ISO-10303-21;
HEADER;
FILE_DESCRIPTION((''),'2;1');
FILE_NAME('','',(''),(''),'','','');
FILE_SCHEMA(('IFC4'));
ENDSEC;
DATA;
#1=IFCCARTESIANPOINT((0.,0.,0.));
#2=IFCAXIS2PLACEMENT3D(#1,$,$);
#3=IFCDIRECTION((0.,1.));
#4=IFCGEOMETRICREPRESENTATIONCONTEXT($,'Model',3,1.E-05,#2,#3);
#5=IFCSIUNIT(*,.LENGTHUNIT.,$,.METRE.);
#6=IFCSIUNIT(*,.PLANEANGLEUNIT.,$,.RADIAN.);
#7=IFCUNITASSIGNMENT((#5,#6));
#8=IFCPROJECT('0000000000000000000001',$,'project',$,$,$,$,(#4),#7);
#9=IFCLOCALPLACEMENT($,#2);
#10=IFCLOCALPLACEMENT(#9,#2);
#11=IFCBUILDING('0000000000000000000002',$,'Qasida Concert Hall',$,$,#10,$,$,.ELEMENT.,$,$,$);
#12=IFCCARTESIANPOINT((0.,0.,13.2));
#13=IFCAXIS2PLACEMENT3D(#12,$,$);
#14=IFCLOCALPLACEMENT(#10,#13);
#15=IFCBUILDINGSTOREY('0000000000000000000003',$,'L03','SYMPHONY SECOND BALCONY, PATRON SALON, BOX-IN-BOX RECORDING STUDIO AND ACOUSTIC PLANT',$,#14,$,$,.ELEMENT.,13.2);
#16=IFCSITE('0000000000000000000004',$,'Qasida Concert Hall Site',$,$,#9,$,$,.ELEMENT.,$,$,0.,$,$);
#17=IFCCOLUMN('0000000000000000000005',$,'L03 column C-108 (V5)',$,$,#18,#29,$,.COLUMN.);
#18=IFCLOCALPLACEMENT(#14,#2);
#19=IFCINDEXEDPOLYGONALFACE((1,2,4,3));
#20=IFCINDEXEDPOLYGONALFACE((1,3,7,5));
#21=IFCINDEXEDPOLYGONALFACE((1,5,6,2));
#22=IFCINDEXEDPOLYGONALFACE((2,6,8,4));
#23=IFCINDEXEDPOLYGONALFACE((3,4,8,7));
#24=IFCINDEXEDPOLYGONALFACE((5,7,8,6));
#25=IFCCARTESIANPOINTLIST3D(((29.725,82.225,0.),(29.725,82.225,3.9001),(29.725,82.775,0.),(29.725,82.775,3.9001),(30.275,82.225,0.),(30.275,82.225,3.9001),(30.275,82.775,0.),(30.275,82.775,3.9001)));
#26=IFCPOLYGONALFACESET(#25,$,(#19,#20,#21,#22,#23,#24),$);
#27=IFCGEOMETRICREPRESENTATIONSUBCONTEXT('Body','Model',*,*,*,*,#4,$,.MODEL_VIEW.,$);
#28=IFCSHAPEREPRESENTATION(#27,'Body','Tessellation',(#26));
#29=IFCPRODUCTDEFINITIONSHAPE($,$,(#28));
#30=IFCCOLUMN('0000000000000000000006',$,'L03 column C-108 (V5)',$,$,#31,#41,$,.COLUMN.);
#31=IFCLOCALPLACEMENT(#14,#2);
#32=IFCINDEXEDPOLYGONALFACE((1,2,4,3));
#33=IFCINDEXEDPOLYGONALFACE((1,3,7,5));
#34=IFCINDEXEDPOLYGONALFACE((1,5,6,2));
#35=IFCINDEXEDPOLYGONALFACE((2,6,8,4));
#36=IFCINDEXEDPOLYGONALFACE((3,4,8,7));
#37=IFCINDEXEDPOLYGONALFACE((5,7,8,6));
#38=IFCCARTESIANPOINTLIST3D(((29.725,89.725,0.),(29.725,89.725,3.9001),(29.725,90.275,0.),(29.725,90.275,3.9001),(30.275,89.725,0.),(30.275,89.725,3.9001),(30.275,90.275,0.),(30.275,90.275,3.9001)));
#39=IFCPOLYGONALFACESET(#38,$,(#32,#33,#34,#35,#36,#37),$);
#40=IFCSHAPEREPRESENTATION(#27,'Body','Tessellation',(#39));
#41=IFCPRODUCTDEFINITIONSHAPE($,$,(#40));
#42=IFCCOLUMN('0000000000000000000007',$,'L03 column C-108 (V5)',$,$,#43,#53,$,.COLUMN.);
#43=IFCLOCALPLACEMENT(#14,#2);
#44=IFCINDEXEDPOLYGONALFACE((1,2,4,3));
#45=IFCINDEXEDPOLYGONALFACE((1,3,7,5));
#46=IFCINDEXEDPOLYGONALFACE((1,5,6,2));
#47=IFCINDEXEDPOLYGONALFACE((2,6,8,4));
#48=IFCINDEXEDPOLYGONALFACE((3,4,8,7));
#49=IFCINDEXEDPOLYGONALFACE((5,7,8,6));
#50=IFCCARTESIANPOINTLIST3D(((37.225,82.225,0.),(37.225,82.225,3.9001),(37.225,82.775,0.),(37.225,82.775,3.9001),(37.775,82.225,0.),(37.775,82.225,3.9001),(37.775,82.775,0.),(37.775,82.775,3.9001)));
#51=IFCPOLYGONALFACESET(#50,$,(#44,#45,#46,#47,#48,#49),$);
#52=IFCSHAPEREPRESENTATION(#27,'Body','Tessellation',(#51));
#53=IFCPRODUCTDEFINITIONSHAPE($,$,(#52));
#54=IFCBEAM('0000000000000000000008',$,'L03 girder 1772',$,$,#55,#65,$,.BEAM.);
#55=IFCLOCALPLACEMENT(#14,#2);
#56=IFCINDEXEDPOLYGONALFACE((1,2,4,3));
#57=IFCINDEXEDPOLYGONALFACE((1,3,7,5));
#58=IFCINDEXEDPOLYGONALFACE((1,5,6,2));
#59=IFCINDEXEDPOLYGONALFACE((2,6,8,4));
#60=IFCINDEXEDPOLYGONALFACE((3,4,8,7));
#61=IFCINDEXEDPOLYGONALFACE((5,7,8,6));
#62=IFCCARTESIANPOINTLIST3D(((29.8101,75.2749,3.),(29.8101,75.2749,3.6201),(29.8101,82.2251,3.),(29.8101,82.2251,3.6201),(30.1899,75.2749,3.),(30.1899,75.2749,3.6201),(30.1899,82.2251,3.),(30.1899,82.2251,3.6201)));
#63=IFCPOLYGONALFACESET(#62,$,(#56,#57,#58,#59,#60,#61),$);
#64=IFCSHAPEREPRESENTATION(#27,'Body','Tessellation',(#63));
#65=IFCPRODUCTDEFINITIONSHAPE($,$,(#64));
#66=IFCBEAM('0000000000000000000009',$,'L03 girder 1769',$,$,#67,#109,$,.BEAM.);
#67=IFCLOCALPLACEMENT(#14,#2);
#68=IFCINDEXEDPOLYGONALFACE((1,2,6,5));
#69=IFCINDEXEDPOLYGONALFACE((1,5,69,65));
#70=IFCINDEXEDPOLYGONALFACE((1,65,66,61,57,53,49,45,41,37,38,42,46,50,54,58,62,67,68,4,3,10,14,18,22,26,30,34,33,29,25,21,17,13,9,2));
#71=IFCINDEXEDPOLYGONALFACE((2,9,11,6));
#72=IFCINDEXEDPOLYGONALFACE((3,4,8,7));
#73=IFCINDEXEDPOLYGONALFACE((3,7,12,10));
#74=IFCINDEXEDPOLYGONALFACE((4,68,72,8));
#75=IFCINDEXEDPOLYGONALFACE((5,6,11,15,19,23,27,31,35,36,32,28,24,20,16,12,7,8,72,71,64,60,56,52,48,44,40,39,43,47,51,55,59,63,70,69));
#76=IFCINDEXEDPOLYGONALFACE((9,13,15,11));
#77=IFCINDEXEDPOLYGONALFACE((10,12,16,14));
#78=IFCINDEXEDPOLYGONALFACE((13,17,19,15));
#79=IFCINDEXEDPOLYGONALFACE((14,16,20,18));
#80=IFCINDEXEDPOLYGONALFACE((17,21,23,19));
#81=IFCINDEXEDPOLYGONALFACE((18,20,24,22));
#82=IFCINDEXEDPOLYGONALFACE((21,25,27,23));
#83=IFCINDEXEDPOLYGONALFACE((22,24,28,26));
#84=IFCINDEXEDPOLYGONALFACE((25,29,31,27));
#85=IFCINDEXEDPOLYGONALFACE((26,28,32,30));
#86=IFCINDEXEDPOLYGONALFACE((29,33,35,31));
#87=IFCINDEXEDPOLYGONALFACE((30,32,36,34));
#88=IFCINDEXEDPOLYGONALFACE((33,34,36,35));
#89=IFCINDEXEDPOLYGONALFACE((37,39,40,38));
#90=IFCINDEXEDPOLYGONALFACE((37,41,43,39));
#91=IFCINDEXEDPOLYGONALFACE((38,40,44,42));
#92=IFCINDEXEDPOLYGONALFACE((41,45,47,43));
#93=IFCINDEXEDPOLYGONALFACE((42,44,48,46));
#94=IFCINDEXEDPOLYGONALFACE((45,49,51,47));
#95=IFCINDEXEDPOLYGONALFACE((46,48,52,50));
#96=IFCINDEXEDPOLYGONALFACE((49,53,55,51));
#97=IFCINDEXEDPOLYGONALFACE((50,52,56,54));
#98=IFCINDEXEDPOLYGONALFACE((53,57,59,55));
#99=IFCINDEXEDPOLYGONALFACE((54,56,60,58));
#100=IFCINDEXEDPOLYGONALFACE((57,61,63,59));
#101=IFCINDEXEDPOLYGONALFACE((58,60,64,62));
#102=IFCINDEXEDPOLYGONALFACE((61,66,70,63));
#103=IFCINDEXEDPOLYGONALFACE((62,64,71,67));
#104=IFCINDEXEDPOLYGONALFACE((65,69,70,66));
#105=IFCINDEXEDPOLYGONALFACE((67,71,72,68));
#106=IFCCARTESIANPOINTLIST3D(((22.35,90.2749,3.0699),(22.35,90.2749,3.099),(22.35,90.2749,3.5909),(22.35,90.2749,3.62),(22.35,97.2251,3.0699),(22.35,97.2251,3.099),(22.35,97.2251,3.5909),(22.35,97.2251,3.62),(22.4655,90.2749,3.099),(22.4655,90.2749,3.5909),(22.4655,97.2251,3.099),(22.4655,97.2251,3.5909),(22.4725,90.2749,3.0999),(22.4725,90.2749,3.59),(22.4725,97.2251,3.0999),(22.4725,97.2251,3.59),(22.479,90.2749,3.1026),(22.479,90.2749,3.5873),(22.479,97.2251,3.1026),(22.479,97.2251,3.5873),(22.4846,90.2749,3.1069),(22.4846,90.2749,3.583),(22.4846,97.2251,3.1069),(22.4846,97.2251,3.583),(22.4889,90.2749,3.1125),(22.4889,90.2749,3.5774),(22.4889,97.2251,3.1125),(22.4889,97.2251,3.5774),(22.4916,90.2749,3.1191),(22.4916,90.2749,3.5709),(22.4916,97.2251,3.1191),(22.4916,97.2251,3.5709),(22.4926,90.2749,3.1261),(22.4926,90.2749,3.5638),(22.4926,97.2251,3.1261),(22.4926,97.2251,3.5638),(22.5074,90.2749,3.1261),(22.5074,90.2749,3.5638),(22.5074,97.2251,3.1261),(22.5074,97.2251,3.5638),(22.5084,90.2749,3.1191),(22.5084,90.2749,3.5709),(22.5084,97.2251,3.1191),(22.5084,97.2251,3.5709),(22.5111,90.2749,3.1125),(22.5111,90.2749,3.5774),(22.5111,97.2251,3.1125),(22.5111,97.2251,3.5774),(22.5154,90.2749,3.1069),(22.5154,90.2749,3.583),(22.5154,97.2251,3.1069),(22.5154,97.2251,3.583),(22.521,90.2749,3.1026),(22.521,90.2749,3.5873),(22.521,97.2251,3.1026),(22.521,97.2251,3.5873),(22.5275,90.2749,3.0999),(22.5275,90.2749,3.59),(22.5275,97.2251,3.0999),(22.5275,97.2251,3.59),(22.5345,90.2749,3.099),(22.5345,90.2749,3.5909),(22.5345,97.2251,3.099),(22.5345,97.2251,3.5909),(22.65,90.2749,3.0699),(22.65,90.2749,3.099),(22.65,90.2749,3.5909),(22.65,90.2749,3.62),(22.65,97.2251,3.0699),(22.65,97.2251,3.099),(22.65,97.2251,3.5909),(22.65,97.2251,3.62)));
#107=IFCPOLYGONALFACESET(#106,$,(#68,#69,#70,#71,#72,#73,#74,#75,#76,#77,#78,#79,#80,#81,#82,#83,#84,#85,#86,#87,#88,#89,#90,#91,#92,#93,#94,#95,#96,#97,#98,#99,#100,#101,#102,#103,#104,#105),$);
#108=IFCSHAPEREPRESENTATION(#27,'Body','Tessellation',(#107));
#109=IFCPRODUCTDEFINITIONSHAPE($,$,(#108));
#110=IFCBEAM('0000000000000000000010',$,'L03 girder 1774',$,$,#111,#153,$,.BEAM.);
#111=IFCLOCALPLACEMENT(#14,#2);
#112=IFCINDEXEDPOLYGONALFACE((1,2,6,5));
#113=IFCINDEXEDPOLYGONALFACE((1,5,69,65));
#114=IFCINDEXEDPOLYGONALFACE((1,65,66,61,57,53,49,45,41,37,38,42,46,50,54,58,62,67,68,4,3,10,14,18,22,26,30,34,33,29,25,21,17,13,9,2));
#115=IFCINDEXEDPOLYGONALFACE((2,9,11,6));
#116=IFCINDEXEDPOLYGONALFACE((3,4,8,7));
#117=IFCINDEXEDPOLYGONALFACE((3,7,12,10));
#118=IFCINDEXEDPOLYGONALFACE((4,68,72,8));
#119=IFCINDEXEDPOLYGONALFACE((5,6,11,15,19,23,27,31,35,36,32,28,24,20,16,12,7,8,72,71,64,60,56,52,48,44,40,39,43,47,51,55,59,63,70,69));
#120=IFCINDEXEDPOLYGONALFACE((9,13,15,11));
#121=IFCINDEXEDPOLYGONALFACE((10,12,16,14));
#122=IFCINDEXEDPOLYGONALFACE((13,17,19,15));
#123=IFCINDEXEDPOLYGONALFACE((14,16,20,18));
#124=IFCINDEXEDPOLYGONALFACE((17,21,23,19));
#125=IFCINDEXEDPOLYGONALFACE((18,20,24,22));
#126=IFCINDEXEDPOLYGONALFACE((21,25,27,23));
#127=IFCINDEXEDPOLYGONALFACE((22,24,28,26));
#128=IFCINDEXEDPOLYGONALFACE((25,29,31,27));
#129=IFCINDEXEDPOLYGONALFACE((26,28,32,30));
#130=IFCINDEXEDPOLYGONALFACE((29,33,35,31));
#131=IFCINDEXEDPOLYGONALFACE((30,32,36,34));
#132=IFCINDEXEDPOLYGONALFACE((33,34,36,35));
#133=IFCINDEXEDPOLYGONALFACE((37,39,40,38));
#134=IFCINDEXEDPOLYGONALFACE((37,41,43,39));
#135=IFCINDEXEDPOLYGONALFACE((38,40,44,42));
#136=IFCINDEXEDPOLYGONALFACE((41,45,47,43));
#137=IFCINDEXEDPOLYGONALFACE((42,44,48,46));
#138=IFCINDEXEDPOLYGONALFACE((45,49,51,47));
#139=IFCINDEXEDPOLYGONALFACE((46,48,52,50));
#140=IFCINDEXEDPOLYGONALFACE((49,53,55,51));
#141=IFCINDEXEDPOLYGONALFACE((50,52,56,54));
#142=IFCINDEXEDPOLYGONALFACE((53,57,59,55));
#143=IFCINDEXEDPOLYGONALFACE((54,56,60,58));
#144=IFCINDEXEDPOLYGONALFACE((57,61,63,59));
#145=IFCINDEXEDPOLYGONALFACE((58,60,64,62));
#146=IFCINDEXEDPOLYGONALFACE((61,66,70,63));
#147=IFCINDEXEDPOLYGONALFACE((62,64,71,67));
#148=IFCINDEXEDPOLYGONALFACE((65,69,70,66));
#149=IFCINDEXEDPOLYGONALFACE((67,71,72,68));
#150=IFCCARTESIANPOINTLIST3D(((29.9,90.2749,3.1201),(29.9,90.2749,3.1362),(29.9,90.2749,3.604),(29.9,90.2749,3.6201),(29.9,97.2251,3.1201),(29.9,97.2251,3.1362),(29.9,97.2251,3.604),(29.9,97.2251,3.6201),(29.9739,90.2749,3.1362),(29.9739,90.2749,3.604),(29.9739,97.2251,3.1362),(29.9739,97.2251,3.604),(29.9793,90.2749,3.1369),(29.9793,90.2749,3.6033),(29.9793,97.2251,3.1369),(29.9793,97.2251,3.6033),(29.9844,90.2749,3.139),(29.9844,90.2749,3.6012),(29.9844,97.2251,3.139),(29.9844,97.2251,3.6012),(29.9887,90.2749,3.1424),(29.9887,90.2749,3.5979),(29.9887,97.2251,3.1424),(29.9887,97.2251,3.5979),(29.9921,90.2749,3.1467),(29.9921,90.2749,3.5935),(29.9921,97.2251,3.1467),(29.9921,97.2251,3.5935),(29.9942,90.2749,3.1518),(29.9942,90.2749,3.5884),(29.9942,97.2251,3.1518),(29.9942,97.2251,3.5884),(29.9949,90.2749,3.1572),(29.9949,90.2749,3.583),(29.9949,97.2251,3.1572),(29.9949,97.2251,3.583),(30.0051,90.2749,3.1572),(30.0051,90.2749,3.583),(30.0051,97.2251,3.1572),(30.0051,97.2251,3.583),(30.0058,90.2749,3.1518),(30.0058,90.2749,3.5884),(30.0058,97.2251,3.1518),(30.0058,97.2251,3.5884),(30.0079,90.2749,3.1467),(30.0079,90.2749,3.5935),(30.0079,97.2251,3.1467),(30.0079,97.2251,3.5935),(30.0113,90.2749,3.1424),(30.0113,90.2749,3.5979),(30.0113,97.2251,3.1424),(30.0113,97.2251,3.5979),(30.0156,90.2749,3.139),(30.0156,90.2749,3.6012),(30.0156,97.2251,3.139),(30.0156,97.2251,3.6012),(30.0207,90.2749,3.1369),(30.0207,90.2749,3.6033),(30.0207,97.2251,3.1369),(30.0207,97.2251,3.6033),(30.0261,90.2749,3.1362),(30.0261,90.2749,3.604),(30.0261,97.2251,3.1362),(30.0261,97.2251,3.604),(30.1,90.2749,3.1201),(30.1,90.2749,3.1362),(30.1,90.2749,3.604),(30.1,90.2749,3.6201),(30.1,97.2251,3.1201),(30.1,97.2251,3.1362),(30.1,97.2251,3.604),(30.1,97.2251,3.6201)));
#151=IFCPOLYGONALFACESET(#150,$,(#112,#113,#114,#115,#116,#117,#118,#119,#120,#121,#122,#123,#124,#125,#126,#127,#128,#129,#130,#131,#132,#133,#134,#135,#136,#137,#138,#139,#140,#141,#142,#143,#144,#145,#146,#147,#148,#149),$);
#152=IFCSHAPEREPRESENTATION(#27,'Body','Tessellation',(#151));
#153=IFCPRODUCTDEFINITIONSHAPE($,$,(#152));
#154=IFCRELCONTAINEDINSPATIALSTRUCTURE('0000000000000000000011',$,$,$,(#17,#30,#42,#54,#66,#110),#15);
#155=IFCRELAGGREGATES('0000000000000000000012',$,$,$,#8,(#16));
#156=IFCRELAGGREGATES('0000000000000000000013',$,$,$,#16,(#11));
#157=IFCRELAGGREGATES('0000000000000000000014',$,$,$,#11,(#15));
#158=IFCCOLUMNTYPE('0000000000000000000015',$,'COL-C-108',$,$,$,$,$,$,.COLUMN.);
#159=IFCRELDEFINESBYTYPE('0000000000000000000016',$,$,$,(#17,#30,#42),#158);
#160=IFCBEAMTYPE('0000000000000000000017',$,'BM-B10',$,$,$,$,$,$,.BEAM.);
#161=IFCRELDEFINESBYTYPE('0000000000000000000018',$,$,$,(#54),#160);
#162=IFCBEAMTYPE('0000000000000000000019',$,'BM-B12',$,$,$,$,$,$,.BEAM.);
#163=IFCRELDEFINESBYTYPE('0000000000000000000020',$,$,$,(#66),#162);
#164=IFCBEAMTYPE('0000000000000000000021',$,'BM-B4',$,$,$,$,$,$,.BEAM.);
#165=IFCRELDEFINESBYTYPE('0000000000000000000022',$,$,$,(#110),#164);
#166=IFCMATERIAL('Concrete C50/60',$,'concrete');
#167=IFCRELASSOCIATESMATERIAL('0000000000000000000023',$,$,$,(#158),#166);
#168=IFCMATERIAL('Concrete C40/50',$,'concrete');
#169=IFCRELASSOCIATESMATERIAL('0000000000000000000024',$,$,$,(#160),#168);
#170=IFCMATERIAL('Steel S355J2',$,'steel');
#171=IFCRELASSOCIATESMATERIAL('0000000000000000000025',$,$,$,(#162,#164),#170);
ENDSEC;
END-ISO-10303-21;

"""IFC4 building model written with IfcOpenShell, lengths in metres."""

from ifc_helpers import new_model, si_unit, direction, frame, origin, origin_2d, place, context, subcontext, project, spatial, rectangle, i_section, extrude, material, material_profile, profile_set, type_object, element, save


model = new_model("IFC4")

# Units and contexts
model_context = context("Model", 3, precision=1e-05, world=origin(), true_north=direction((0.0, 1.0)))
body_context = subcontext(model_context, "Body", "Model", "MODEL_VIEW")
ifc_project = project(units=[si_unit("LENGTHUNIT", "METRE"), si_unit("PLANEANGLEUNIT", "RADIAN")], contexts=[model_context])

# Site, building, storey
site_placement = place(None, origin())
site = spatial("IfcSite", under=ifc_project, at=site_placement, Name="Qasida Concert Hall Site", CompositionType="ELEMENT", RefElevation=0.0)
building_placement = place(site_placement, origin())
building = spatial("IfcBuilding", under=site, at=building_placement, Name="Qasida Concert Hall", CompositionType="ELEMENT")
storey_placement = place(building_placement, frame((0.0, 0.0, 13.2)))
storey = spatial("IfcBuildingStorey", under=building, at=storey_placement, Name="L03", Description="SYMPHONY SECOND BALCONY, PATRON SALON, BOX-IN-BOX RECORDING STUDIO AND ACOUSTIC PLANT", CompositionType="ELEMENT", Elevation=13.2)

# Columns
ifc_material_1 = material(Name="Concrete C50/60", Category="concrete")
ifc_material_profile_1 = material_profile(ifc_material_1, rectangle(XDim=0.55, YDim=0.55, at=origin_2d()), Name="RC 550x550")
ifc_profile_set_1 = profile_set([ifc_material_profile_1], Name="Concrete C50/60")
column_type = type_object("IfcColumnType", Name="COL-C-108", PredefinedType="COLUMN", material=ifc_profile_set_1)
for number, where, z_axis, x_axis, name in (
    (1, (30.0, 82.5, 0.0), (0.0, 0.0, 1.0), (1.0, 0.0, 0.0), "L03 column C-108 (V5)"),
    (2, (30.0, 90.0, 0.0), (0.0, 0.0, 1.0), (1.0, 0.0, 0.0), "L03 column C-108 (V5)"),
    (3, (37.5, 82.5, 0.0), (0.0, 0.0, 1.0), (1.0, 0.0, 0.0), "L03 column C-108 (V5)"),
):
    element("IfcColumn", number, at=place(storey_placement, frame(where, z_axis=z_axis, x_axis=x_axis)), inside=storey, type_object=column_type, Name=name, PredefinedType="COLUMN", context=body_context, shape_type="SweptSolid", body=[
        extrude(rectangle(XDim=0.55, YDim=0.55, at=origin_2d()), origin(), (0.0, 0.0, 1.0), 3.9001),
    ])

# Beams
ifc_material_2 = material(Name="Concrete C40/50", Category="concrete")
ifc_material_profile_2 = material_profile(ifc_material_2, rectangle(XDim=0.3799, YDim=0.6201, at=origin_2d()), Name="RC 380x620")
ifc_profile_set_2 = profile_set([ifc_material_profile_2], Name="Concrete C40/50")
beam_type_1 = type_object("IfcBeamType", Name="BM-B10", PredefinedType="BEAM", material=ifc_profile_set_2)
beam_1_placement = place(storey_placement, frame((30.0, 75.2749, 3.3101), z_axis=(0.0, 1.0, 0.0), x_axis=(-1.0, 0.0, 0.0)))
element("IfcBeam", 4, at=beam_1_placement, inside=storey, type_object=beam_type_1, Name="L03 girder 1772", PredefinedType="BEAM", context=body_context, shape_type="SweptSolid", body=[
    extrude(rectangle(XDim=0.3799, YDim=0.6201, at=origin_2d()), origin(), (0.0, 0.0, 1.0), 6.9502),
])
ifc_material_3 = material(Name="Steel S355J2", Category="steel")
ifc_material_profile_3 = material_profile(ifc_material_3, i_section(OverallWidth=0.3, OverallDepth=0.55, WebThickness=0.0149, FlangeThickness=0.0291, FilletRadius=0.0271, at=origin_2d()), Name="HEB 550")
ifc_profile_set_3 = profile_set([ifc_material_profile_3], Name="Steel S355J2")
beam_type_2 = type_object("IfcBeamType", Name="BM-B12", PredefinedType="BEAM", material=ifc_profile_set_3)
beam_2_placement = place(storey_placement, frame((22.5, 90.2749, 3.345), z_axis=(0.0, 1.0, 0.0), x_axis=(-1.0, 0.0, 0.0)))
element("IfcBeam", 5, at=beam_2_placement, inside=storey, type_object=beam_type_2, Name="L03 girder 1769", PredefinedType="BEAM", context=body_context, shape_type="SweptSolid", body=[
    extrude(i_section(OverallWidth=0.3, OverallDepth=0.55, WebThickness=0.0149, FlangeThickness=0.0291, FilletRadius=0.0271, at=origin_2d()), origin(), (0.0, 0.0, 1.0), 6.9502),
])
ifc_material_profile_4 = material_profile(ifc_material_3, i_section(OverallWidth=0.2, OverallDepth=0.5, WebThickness=0.0103, FlangeThickness=0.0161, FilletRadius=0.021, at=origin_2d()), Name="IPE 500")
ifc_profile_set_4 = profile_set([ifc_material_profile_4], Name="Steel S355J2")
beam_type_3 = type_object("IfcBeamType", Name="BM-B4", PredefinedType="BEAM", material=ifc_profile_set_4)
beam_3_placement = place(storey_placement, frame((30.0, 90.2749, 3.3701), z_axis=(0.0, 1.0, 0.0), x_axis=(-1.0, 0.0, 0.0)))
element("IfcBeam", 6, at=beam_3_placement, inside=storey, type_object=beam_type_3, Name="L03 girder 1774", PredefinedType="BEAM", context=body_context, shape_type="SweptSolid", body=[
    extrude(i_section(OverallWidth=0.2, OverallDepth=0.5, WebThickness=0.0103, FlangeThickness=0.0161, FilletRadius=0.021, at=origin_2d()), origin(), (0.0, 0.0, 1.0), 6.9502),
])

save(model, "model.ifc")
